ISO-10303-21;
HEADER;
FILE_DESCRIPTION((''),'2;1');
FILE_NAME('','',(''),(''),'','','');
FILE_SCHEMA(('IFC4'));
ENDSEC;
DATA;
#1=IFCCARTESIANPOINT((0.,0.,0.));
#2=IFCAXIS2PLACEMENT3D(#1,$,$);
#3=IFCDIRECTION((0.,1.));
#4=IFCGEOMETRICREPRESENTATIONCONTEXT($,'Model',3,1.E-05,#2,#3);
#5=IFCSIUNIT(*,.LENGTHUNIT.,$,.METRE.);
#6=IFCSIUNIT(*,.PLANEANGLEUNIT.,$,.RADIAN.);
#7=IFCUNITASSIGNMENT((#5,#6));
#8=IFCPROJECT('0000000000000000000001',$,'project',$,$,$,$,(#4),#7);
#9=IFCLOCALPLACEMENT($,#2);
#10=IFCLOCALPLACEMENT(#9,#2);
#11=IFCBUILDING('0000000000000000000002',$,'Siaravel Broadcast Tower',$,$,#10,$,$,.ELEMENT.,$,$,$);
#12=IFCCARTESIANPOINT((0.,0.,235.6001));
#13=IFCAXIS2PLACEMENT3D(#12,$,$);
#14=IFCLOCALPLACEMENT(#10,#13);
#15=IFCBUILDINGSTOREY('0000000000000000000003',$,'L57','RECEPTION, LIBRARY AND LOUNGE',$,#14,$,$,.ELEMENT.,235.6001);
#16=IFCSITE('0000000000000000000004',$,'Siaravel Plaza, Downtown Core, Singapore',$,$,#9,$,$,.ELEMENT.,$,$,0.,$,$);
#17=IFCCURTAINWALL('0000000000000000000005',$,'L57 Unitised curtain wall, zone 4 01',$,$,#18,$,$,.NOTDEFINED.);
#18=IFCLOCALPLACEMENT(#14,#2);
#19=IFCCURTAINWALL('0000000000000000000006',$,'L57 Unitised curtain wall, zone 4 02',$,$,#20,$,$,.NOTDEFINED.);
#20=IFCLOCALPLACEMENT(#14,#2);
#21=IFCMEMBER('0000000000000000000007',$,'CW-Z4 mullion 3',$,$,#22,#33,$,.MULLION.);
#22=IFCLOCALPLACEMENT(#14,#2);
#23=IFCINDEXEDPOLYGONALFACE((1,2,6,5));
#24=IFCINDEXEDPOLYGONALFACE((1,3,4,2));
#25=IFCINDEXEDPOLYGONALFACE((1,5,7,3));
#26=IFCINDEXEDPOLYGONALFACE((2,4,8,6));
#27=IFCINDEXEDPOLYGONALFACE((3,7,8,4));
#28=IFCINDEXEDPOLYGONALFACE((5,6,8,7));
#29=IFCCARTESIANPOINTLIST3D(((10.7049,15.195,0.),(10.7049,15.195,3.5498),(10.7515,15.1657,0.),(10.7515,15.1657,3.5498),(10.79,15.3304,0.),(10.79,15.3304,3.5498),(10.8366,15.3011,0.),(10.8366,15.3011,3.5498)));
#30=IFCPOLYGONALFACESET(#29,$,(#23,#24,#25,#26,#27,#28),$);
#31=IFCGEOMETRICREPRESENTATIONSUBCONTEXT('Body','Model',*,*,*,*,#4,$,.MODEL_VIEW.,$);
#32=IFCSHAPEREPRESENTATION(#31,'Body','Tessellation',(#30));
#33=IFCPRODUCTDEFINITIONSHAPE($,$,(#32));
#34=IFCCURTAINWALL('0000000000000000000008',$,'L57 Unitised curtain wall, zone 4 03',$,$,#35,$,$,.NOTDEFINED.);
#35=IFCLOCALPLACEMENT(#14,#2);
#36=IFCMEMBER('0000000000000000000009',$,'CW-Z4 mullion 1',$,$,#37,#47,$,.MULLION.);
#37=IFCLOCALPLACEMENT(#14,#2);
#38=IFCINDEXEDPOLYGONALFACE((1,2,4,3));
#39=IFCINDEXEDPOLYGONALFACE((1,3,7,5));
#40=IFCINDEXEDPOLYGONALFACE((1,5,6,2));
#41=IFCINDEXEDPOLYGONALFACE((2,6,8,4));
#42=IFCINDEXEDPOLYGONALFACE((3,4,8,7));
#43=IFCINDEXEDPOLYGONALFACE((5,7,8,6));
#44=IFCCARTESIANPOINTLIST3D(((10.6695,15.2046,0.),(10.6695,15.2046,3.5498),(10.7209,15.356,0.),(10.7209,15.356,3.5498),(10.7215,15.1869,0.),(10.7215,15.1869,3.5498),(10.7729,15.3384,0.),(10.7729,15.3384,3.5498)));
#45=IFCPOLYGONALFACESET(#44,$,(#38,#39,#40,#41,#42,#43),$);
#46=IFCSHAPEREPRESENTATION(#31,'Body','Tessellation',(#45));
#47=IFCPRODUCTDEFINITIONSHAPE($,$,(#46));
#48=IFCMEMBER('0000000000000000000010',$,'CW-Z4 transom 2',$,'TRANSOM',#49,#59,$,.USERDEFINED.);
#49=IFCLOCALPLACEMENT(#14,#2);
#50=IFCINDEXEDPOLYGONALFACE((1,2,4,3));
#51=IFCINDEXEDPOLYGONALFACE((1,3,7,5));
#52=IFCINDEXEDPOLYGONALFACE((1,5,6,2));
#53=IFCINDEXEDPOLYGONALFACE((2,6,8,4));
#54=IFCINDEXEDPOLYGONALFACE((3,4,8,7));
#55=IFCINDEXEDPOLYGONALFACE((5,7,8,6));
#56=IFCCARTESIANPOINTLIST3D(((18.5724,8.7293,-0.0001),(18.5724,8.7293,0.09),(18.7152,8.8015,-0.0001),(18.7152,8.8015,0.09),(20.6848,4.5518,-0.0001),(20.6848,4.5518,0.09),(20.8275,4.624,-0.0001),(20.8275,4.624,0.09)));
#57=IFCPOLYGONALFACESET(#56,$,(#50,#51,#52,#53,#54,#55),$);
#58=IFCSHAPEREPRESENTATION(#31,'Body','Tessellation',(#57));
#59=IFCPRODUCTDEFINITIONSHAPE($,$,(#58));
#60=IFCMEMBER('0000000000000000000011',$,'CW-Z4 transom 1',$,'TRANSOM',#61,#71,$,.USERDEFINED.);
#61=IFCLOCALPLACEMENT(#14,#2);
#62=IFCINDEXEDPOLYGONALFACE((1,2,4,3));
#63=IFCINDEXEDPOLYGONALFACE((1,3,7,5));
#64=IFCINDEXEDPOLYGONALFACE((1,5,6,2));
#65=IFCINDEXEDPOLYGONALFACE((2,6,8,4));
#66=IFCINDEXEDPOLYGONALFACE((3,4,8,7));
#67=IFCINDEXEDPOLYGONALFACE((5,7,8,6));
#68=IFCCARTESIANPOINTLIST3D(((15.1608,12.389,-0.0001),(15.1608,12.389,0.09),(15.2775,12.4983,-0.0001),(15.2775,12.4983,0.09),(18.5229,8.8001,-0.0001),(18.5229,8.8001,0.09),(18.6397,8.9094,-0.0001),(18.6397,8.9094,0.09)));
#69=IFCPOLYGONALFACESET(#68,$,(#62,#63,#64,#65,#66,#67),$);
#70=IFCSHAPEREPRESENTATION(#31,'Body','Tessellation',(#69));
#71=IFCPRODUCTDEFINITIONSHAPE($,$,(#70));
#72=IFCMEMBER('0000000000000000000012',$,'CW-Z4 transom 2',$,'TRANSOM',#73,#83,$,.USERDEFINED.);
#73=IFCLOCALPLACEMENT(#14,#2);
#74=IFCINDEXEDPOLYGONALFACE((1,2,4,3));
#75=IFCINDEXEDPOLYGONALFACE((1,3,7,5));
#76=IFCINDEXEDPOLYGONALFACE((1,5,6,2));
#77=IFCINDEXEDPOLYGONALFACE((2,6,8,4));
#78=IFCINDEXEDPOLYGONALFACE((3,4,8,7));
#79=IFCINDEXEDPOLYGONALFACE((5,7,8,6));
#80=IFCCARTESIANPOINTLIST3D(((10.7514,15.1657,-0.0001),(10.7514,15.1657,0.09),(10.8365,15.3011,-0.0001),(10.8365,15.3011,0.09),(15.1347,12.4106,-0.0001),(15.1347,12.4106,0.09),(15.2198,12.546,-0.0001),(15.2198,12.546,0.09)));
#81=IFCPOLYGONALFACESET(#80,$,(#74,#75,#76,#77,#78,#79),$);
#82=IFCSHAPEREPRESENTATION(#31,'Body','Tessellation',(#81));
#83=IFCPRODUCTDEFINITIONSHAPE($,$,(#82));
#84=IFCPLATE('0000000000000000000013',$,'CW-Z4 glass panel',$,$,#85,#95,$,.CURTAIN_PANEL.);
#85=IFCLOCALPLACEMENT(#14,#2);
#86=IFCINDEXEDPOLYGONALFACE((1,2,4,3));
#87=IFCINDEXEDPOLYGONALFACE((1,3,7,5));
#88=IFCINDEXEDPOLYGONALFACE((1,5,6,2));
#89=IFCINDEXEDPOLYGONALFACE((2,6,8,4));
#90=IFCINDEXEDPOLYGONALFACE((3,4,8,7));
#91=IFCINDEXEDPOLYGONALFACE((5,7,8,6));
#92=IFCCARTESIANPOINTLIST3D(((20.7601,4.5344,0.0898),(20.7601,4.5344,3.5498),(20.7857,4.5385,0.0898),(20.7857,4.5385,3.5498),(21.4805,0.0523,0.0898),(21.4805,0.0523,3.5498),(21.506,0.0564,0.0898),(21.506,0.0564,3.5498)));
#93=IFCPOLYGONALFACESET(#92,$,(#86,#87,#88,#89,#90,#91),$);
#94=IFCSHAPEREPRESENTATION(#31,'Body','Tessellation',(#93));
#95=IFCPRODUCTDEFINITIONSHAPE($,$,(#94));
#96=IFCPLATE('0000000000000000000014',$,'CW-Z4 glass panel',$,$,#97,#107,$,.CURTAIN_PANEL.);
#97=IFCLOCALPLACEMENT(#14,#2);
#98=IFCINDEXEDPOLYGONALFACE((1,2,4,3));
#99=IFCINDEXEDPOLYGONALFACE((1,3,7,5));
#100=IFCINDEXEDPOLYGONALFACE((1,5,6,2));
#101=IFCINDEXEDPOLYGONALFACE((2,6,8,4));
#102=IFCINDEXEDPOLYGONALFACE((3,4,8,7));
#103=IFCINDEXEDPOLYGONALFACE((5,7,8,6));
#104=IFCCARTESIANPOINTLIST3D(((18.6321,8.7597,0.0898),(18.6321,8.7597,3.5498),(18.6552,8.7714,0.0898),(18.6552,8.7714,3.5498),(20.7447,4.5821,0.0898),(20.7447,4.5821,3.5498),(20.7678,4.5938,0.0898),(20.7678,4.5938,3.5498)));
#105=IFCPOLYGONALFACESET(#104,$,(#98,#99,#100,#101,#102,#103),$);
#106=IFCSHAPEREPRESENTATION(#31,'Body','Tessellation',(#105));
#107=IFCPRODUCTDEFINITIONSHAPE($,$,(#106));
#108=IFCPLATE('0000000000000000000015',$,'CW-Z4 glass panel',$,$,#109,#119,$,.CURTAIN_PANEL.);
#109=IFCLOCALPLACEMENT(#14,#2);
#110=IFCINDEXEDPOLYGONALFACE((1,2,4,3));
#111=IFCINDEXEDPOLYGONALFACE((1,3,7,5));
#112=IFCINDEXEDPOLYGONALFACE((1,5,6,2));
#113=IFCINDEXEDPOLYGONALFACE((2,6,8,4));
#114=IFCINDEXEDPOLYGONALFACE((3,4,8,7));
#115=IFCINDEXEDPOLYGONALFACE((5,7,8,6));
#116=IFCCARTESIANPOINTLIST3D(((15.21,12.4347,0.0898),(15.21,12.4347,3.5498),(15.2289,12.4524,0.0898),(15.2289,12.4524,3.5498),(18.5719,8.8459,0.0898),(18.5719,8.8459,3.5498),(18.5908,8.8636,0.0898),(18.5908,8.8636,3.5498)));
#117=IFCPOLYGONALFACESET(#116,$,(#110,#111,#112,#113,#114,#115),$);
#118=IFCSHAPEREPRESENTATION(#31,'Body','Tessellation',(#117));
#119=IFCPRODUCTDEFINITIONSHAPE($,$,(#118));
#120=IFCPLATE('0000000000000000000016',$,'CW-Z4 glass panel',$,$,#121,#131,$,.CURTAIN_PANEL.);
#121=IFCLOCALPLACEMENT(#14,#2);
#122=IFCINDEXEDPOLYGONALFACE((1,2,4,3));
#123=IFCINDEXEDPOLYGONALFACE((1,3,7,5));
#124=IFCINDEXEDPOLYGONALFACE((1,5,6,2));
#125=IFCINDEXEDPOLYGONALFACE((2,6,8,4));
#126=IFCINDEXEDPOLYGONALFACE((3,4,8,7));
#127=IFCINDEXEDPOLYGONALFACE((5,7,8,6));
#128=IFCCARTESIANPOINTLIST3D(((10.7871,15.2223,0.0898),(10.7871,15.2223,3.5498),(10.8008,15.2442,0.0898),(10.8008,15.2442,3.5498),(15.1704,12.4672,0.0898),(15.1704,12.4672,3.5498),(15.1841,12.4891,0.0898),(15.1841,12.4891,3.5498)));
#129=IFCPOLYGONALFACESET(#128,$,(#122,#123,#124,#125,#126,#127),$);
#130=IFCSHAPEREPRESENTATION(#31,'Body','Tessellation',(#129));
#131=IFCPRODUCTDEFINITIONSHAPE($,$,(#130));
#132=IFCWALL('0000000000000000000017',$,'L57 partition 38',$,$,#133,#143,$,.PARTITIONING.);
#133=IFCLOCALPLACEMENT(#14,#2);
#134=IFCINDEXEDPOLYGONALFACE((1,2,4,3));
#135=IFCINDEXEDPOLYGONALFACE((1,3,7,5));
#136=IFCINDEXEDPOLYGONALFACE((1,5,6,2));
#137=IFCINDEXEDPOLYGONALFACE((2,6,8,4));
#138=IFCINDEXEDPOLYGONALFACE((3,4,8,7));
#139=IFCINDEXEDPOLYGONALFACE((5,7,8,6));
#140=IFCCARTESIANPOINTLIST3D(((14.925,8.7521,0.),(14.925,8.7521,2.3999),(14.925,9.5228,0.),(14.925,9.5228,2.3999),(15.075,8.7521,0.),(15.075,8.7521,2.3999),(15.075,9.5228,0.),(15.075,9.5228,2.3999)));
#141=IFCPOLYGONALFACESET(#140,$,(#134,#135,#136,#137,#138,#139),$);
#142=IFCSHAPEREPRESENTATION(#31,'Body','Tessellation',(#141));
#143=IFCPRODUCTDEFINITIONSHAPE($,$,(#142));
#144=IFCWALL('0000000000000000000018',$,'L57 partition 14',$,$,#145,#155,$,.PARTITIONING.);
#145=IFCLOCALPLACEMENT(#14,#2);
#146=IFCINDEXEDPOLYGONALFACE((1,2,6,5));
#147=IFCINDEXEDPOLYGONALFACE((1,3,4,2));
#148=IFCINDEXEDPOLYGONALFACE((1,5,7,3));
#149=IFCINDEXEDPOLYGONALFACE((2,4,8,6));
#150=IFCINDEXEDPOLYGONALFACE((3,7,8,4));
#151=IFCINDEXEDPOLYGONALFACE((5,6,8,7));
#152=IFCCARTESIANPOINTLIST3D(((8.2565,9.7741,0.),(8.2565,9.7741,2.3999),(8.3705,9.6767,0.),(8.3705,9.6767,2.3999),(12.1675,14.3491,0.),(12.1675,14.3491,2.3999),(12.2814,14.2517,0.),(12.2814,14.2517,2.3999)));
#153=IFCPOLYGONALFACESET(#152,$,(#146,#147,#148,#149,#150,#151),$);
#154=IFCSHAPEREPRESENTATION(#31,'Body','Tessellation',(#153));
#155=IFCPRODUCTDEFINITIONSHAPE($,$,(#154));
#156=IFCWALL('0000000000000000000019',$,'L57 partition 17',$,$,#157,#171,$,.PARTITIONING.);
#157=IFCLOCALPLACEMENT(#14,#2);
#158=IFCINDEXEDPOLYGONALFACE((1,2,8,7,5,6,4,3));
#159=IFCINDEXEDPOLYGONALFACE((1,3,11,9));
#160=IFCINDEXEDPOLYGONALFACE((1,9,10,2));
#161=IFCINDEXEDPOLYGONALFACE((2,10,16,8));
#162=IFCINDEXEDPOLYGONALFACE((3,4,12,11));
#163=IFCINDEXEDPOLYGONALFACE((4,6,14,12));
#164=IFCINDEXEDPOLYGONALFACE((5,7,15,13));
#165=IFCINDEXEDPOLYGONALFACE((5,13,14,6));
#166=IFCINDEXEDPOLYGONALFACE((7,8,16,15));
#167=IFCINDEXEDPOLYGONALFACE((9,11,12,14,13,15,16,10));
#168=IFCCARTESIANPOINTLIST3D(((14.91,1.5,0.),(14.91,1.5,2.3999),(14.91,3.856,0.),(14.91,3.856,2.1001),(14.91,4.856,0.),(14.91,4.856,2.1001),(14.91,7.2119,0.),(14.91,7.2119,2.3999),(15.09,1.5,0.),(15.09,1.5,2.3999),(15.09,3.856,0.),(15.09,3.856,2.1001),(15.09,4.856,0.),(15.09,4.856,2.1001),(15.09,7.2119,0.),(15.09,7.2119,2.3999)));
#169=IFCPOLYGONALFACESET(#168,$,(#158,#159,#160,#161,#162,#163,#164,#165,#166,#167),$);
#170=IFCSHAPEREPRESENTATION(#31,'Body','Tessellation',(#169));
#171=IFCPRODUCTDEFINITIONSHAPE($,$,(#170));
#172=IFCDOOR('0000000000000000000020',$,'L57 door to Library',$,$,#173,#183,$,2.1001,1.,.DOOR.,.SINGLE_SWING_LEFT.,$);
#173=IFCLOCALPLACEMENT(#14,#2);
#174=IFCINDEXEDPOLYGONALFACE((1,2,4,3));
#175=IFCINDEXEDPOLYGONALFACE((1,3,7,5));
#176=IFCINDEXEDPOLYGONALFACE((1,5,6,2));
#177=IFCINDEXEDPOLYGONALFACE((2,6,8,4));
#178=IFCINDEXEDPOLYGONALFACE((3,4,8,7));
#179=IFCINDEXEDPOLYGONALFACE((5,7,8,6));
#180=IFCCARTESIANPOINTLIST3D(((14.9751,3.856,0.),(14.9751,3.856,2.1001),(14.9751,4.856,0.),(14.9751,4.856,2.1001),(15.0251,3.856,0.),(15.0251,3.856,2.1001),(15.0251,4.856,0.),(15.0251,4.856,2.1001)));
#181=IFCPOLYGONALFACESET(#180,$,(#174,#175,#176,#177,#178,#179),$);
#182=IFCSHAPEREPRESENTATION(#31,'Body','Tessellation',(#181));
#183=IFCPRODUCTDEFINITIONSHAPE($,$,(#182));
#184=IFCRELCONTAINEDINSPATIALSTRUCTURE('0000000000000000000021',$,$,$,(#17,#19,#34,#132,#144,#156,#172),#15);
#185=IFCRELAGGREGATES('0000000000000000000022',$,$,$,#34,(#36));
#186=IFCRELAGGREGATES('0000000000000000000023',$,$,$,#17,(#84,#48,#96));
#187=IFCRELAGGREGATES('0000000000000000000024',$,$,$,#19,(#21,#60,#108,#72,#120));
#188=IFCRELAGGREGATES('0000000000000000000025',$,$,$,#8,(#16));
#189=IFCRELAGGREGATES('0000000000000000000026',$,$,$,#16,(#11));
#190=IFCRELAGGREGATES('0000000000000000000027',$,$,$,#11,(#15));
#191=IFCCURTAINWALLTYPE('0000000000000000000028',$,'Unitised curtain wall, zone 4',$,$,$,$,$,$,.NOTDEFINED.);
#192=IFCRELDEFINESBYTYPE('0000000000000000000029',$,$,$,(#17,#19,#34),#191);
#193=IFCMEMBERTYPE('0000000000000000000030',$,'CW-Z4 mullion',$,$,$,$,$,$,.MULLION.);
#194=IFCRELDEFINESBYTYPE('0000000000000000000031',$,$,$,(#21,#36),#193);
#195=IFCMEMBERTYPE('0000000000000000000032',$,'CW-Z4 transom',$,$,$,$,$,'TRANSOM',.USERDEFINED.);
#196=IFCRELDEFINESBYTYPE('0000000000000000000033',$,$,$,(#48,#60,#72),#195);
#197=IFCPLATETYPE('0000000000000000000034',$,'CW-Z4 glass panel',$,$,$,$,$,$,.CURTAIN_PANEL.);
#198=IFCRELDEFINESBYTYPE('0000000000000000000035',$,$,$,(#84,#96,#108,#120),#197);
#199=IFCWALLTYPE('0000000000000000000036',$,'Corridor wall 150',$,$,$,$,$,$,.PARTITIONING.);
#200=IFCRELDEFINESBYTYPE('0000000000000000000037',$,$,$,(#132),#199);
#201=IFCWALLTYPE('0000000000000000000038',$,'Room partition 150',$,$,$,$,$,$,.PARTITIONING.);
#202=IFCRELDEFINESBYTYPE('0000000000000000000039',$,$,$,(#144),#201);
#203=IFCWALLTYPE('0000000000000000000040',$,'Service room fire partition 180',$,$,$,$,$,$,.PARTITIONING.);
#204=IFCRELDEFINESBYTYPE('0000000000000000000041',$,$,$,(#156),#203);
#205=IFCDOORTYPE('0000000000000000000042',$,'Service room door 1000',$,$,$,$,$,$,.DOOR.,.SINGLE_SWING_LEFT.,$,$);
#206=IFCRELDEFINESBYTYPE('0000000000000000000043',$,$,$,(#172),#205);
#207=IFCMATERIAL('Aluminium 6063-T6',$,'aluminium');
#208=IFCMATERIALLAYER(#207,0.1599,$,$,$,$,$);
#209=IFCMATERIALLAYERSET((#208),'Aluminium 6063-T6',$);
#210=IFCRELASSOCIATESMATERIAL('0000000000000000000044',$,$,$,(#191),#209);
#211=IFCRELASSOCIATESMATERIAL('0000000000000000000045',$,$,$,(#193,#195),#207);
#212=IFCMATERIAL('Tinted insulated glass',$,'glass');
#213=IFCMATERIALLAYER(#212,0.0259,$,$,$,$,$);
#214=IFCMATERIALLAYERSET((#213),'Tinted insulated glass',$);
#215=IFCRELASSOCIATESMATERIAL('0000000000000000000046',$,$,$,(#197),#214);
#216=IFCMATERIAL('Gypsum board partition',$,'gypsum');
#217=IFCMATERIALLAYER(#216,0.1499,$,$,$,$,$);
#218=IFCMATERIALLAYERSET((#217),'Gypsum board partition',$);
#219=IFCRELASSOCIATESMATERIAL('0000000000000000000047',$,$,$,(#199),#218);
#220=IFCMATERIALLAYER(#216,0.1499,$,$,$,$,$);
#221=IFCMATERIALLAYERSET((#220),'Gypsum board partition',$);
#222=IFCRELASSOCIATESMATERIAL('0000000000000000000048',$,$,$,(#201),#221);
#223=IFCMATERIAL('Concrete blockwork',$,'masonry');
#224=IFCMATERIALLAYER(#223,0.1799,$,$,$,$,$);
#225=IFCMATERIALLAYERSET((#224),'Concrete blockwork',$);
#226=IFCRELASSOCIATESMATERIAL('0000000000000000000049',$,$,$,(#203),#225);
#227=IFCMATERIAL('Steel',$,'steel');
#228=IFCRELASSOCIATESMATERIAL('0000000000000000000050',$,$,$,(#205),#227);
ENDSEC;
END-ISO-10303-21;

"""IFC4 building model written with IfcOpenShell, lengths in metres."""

from ifc_helpers import new_model, si_unit, direction, frame, frame_2d, origin, origin_2d, place, context, subcontext, project, spatial, rectangle, extrude, material, layer, layer_set, material_profile, profile_set, type_object, element, fill, aggregate, save


model = new_model("IFC4")

# Units and contexts
model_context = context("Model", 3, precision=1e-05, world=origin(), true_north=direction((0.0, 1.0)))
body_context = subcontext(model_context, "Body", "Model", "MODEL_VIEW")
ifc_project = project(units=[si_unit("LENGTHUNIT", "METRE"), si_unit("PLANEANGLEUNIT", "RADIAN")], contexts=[model_context])

# Site, building, storey
site_placement = place(None, origin())
site = spatial("IfcSite", under=ifc_project, at=site_placement, Name="Siaravel Plaza, Downtown Core, Singapore", CompositionType="ELEMENT", RefElevation=0.0)
building_placement = place(site_placement, origin())
building = spatial("IfcBuilding", under=site, at=building_placement, Name="Siaravel Broadcast Tower", CompositionType="ELEMENT")
storey_placement = place(building_placement, frame((0.0, 0.0, 235.6001)))
storey = spatial("IfcBuildingStorey", under=building, at=storey_placement, Name="L57", Description="RECEPTION, LIBRARY AND LOUNGE", CompositionType="ELEMENT", Elevation=235.6001)

# Curtain walls, member
ifc_material_1 = material(Name="Aluminium 6063-T6", Category="aluminium")
ifc_layer_1 = layer(ifc_material_1, 0.1599)
ifc_layer_set_1 = layer_set([ifc_layer_1], Name="Aluminium 6063-T6")
curtain_wall_type = type_object("IfcCurtainWallType", Name="Unitised curtain wall, zone 4", PredefinedType="NOTDEFINED", material=ifc_layer_set_1)
curtain_wall_1_placement = place(storey_placement, origin())
curtain_wall_1 = element("IfcCurtainWall", 1, at=curtain_wall_1_placement, inside=storey, type_object=curtain_wall_type, Name="L57 Unitised curtain wall, zone 4 01", PredefinedType="NOTDEFINED")
ifc_material_profile_1 = material_profile(ifc_material_1, rectangle(XDim=0.1599, YDim=0.0549, at=origin_2d()))
ifc_profile_set_1 = profile_set([ifc_material_profile_1], Name="Aluminium 6063-T6")
member_type_1 = type_object("IfcMemberType", Name="CW-Z4 mullion", PredefinedType="MULLION", material=ifc_profile_set_1)
curtain_wall_2_placement = place(storey_placement, origin())
curtain_wall_2 = element("IfcCurtainWall", 2, at=curtain_wall_2_placement, inside=storey, type_object=curtain_wall_type, Name="L57 Unitised curtain wall, zone 4 02", PredefinedType="NOTDEFINED")
member_1_placement = place(storey_placement, frame((10.7708, 15.248, 0.0), z_axis=(0.0, 0.0, 1.0), x_axis=(-0.53215, -0.84665, 0.0)))
member_1 = element("IfcMember", 3, at=member_1_placement, type_object=member_type_1, Name="CW-Z4 mullion 3", PredefinedType="MULLION", context=body_context, shape_type="SweptSolid", body=[
    extrude(rectangle(XDim=0.1599, YDim=0.0549, at=origin_2d()), origin(), (0.0, 0.0, 1.0), 3.5498),
])

# Curtain wall, member
curtain_wall_3_placement = place(storey_placement, origin())
curtain_wall_3 = element("IfcCurtainWall", 4, at=curtain_wall_3_placement, inside=storey, type_object=curtain_wall_type, Name="L57 Unitised curtain wall, zone 4 03", PredefinedType="NOTDEFINED")
member_2_placement = place(storey_placement, frame((10.7212, 15.2715, 0.0), z_axis=(0.0, 0.0, 1.0), x_axis=(-0.321301, -0.946977, 0.0)))
member_2 = element("IfcMember", 5, at=member_2_placement, type_object=member_type_1, Name="CW-Z4 mullion 1", PredefinedType="MULLION", context=body_context, shape_type="SweptSolid", body=[
    extrude(rectangle(XDim=0.1599, YDim=0.0549, at=origin_2d()), origin(), (0.0, 0.0, 1.0), 3.5498),
])
aggregate(curtain_wall_3, [member_2])

# Members
ifc_material_profile_2 = material_profile(ifc_material_1, rectangle(XDim=0.1599, YDim=0.0901, at=origin_2d()))
ifc_profile_set_2 = profile_set([ifc_material_profile_2], Name="Aluminium 6063-T6")
member_type_2 = type_object("IfcMemberType", Name="CW-Z4 transom", ElementType="TRANSOM", PredefinedType="USERDEFINED", material=ifc_profile_set_2)
member_3_placement = place(storey_placement, frame((20.7561, 4.5879, 0.0449), z_axis=(-0.451235, 0.892405, 0.0), x_axis=(-0.892405, -0.451235, 0.0)))
member_3 = element("IfcMember", 6, at=member_3_placement, type_object=member_type_2, Name="CW-Z4 transom 2", ObjectType="TRANSOM", PredefinedType="USERDEFINED", context=body_context, shape_type="SweptSolid", body=[
    extrude(rectangle(XDim=0.1599, YDim=0.0901, at=origin_2d()), origin(), (0.0, 0.0, 1.0), 4.6812),
])
member_4_placement = place(storey_placement, frame((18.5813, 8.8547, 0.0449), z_axis=(-0.68367, 0.729791, 0.0), x_axis=(-0.729791, -0.68367, 0.0)))
member_4 = element("IfcMember", 7, at=member_4_placement, type_object=member_type_2, Name="CW-Z4 transom 1", ObjectType="TRANSOM", PredefinedType="USERDEFINED", context=body_context, shape_type="SweptSolid", body=[
    extrude(rectangle(XDim=0.1599, YDim=0.0901, at=origin_2d()), origin(), (0.0, 0.0, 1.0), 4.9177),
])
member_5_placement = place(storey_placement, frame((15.1772, 12.4783, 0.0449), z_axis=(-0.846644, 0.532159, 0.0), x_axis=(-0.532159, -0.846644, 0.0)))
member_5 = element("IfcMember", 8, at=member_5_placement, type_object=member_type_2, Name="CW-Z4 transom 2", ObjectType="TRANSOM", PredefinedType="USERDEFINED", context=body_context, shape_type="SweptSolid", body=[
    extrude(rectangle(XDim=0.1599, YDim=0.0901, at=origin_2d()), origin(), (0.0, 0.0, 1.0), 5.1772),
])

# Plates
ifc_material_2 = material(Name="Tinted insulated glass", Category="glass")
ifc_layer_2 = layer(ifc_material_2, 0.0259)
ifc_layer_set_2 = layer_set([ifc_layer_2], Name="Tinted insulated glass")
plate_type = type_object("IfcPlateType", Name="CW-Z4 glass panel", PredefinedType="CURTAIN_PANEL", material=ifc_layer_set_2)
plate_1_placement = place(storey_placement, frame((21.1331, 2.2954, 0.0898), z_axis=(0.0, 0.0, 1.0), x_axis=(-0.158685, 0.987329, 0.0)))
plate_1 = element("IfcPlate", 9, at=plate_1_placement, type_object=plate_type, Name="CW-Z4 glass panel", PredefinedType="CURTAIN_PANEL", context=body_context, shape_type="SweptSolid", body=[
    extrude(rectangle(XDim=4.5396, YDim=0.0259, at=origin_2d()), origin(), (0.0, 0.0, 1.0), 3.46),
])
plate_2_placement = place(storey_placement, frame((19.7, 6.6768, 0.0898), z_axis=(0.0, 0.0, 1.0), x_axis=(-0.451259, 0.892393, 0.0)))
plate_2 = element("IfcPlate", 10, at=plate_2_placement, type_object=plate_type, Name="CW-Z4 glass panel", PredefinedType="CURTAIN_PANEL", context=body_context, shape_type="SweptSolid", body=[
    extrude(rectangle(XDim=4.6814, YDim=0.0259, at=origin_2d()), origin(), (0.0, 0.0, 1.0), 3.46),
])
aggregate(curtain_wall_1, [plate_1, member_3, plate_2])
plate_3_placement = place(storey_placement, frame((16.9004, 10.6492, 0.0898), z_axis=(0.0, 0.0, 1.0), x_axis=(-0.683654, 0.729806, 0.0)))
plate_3 = element("IfcPlate", 11, at=plate_3_placement, type_object=plate_type, Name="CW-Z4 glass panel", PredefinedType="CURTAIN_PANEL", context=body_context, shape_type="SweptSolid", body=[
    extrude(rectangle(XDim=4.9175, YDim=0.0259, at=origin_2d()), origin(), (0.0, 0.0, 1.0), 3.46),
])
plate_4_placement = place(storey_placement, frame((12.9856, 13.8557, 0.0898), z_axis=(0.0, 0.0, 1.0), x_axis=(-0.84665, 0.53215, 0.0)))
plate_4 = element("IfcPlate", 12, at=plate_4_placement, type_object=plate_type, Name="CW-Z4 glass panel", PredefinedType="CURTAIN_PANEL", context=body_context, shape_type="SweptSolid", body=[
    extrude(rectangle(XDim=5.1772, YDim=0.0259, at=origin_2d()), origin(), (0.0, 0.0, 1.0), 3.46),
])
aggregate(curtain_wall_2, [member_1, member_4, plate_3, member_5, plate_4])

# Shared definitions
ifc_material_3 = material(Name="Gypsum board partition", Category="gypsum")
ifc_layer_3 = layer(ifc_material_3, 0.1499)
ifc_layer_set_3 = layer_set([ifc_layer_3], Name="Gypsum board partition")
wall_type_1 = type_object("IfcWallType", Name="Corridor wall 150", PredefinedType="PARTITIONING", material=ifc_layer_set_3)

# Walls
wall_1_placement = place(storey_placement, frame((15.0, 8.7522, 0.0), z_axis=(0.0, 0.0, 1.0), x_axis=(0.0, 1.0, 0.0)))
element("IfcWall", 13, at=wall_1_placement, inside=storey, type_object=wall_type_1, Name="L57 partition 38", PredefinedType="PARTITIONING", context=body_context, shape_type="SweptSolid", body=[
    extrude(rectangle(XDim=0.7708, YDim=0.1499, at=frame_2d((0.3853, 0.0))), origin(), (0.0, 0.0, 1.0), 2.3999),
])
ifc_layer_4 = layer(ifc_material_3, 0.1499)
ifc_layer_set_4 = layer_set([ifc_layer_4], Name="Gypsum board partition")
wall_type_2 = type_object("IfcWallType", Name="Room partition 150", PredefinedType="PARTITIONING", material=ifc_layer_set_4)
wall_2_placement = place(storey_placement, frame((12.2244, 14.3003, 0.0), z_axis=(0.0, 0.0, 1.0), x_axis=(-0.649785, -0.760118, 0.0)))
element("IfcWall", 14, at=wall_2_placement, inside=storey, type_object=wall_type_2, Name="L57 partition 14", PredefinedType="PARTITIONING", context=body_context, shape_type="SweptSolid", body=[
    extrude(rectangle(XDim=6.0188, YDim=0.1499, at=frame_2d((3.0093, 0.0))), origin(), (0.0, 0.0, 1.0), 2.3999),
])

# Wall, opening, door
ifc_material_4 = material(Name="Concrete blockwork", Category="masonry")
ifc_layer_5 = layer(ifc_material_4, 0.1799)
ifc_layer_set_5 = layer_set([ifc_layer_5], Name="Concrete blockwork")
wall_type_3 = type_object("IfcWallType", Name="Service room fire partition 180", PredefinedType="PARTITIONING", material=ifc_layer_set_5)
wall_3_placement = place(storey_placement, frame((15.0, 1.5, 0.0), z_axis=(0.0, 0.0, 1.0), x_axis=(0.0, 1.0, 0.0)))
wall_3 = element("IfcWall", 15, at=wall_3_placement, inside=storey, type_object=wall_type_3, Name="L57 partition 17", PredefinedType="PARTITIONING", context=body_context, shape_type="SweptSolid", body=[
    extrude(rectangle(XDim=5.7119, YDim=0.1799, at=frame_2d((2.856, 0.0))), origin(), (0.0, 0.0, 1.0), 2.3999),
])
opening_1_placement = place(wall_3_placement, frame((2.356, 0.0, 0.0)))
opening_1 = element("IfcOpeningElement", 16, at=opening_1_placement, cuts=wall_3, PredefinedType="OPENING", context=body_context, shape_type="SweptSolid", body=[
    extrude(rectangle(XDim=1.0, YDim=2.1001, at=frame_2d((0.5, 1.05))), frame((0.0, 0.0999, 0.0), z_axis=(0.0, -1.0, 0.0), x_axis=(1.0, 0.0, 0.0)), (0.0, 0.0, 1.0), 0.2),
])
ifc_material_5 = material(Name="Steel", Category="steel")
door_type_1 = type_object("IfcDoorType", Name="Service room door 1000", OperationType="SINGLE_SWING_LEFT", PredefinedType="DOOR", material=ifc_material_5)
door_1_placement = place(opening_1_placement, origin())
door_1 = element("IfcDoor", 17, at=door_1_placement, inside=storey, type_object=door_type_1, Name="L57 door to Library", OperationType="SINGLE_SWING_LEFT", OverallHeight=2.1001, OverallWidth=1.0, PredefinedType="DOOR", context=body_context, shape_type="SweptSolid", body=[
    extrude(rectangle(XDim=1.0, YDim=2.1001, at=frame_2d((0.5, 1.05))), frame((0.0, 0.0249, 0.0), z_axis=(0.0, -1.0, 0.0), x_axis=(1.0, 0.0, 0.0)), (0.0, 0.0, 1.0), 0.05),
])
fill(opening_1, door_1)

save(model, "model.ifc")
